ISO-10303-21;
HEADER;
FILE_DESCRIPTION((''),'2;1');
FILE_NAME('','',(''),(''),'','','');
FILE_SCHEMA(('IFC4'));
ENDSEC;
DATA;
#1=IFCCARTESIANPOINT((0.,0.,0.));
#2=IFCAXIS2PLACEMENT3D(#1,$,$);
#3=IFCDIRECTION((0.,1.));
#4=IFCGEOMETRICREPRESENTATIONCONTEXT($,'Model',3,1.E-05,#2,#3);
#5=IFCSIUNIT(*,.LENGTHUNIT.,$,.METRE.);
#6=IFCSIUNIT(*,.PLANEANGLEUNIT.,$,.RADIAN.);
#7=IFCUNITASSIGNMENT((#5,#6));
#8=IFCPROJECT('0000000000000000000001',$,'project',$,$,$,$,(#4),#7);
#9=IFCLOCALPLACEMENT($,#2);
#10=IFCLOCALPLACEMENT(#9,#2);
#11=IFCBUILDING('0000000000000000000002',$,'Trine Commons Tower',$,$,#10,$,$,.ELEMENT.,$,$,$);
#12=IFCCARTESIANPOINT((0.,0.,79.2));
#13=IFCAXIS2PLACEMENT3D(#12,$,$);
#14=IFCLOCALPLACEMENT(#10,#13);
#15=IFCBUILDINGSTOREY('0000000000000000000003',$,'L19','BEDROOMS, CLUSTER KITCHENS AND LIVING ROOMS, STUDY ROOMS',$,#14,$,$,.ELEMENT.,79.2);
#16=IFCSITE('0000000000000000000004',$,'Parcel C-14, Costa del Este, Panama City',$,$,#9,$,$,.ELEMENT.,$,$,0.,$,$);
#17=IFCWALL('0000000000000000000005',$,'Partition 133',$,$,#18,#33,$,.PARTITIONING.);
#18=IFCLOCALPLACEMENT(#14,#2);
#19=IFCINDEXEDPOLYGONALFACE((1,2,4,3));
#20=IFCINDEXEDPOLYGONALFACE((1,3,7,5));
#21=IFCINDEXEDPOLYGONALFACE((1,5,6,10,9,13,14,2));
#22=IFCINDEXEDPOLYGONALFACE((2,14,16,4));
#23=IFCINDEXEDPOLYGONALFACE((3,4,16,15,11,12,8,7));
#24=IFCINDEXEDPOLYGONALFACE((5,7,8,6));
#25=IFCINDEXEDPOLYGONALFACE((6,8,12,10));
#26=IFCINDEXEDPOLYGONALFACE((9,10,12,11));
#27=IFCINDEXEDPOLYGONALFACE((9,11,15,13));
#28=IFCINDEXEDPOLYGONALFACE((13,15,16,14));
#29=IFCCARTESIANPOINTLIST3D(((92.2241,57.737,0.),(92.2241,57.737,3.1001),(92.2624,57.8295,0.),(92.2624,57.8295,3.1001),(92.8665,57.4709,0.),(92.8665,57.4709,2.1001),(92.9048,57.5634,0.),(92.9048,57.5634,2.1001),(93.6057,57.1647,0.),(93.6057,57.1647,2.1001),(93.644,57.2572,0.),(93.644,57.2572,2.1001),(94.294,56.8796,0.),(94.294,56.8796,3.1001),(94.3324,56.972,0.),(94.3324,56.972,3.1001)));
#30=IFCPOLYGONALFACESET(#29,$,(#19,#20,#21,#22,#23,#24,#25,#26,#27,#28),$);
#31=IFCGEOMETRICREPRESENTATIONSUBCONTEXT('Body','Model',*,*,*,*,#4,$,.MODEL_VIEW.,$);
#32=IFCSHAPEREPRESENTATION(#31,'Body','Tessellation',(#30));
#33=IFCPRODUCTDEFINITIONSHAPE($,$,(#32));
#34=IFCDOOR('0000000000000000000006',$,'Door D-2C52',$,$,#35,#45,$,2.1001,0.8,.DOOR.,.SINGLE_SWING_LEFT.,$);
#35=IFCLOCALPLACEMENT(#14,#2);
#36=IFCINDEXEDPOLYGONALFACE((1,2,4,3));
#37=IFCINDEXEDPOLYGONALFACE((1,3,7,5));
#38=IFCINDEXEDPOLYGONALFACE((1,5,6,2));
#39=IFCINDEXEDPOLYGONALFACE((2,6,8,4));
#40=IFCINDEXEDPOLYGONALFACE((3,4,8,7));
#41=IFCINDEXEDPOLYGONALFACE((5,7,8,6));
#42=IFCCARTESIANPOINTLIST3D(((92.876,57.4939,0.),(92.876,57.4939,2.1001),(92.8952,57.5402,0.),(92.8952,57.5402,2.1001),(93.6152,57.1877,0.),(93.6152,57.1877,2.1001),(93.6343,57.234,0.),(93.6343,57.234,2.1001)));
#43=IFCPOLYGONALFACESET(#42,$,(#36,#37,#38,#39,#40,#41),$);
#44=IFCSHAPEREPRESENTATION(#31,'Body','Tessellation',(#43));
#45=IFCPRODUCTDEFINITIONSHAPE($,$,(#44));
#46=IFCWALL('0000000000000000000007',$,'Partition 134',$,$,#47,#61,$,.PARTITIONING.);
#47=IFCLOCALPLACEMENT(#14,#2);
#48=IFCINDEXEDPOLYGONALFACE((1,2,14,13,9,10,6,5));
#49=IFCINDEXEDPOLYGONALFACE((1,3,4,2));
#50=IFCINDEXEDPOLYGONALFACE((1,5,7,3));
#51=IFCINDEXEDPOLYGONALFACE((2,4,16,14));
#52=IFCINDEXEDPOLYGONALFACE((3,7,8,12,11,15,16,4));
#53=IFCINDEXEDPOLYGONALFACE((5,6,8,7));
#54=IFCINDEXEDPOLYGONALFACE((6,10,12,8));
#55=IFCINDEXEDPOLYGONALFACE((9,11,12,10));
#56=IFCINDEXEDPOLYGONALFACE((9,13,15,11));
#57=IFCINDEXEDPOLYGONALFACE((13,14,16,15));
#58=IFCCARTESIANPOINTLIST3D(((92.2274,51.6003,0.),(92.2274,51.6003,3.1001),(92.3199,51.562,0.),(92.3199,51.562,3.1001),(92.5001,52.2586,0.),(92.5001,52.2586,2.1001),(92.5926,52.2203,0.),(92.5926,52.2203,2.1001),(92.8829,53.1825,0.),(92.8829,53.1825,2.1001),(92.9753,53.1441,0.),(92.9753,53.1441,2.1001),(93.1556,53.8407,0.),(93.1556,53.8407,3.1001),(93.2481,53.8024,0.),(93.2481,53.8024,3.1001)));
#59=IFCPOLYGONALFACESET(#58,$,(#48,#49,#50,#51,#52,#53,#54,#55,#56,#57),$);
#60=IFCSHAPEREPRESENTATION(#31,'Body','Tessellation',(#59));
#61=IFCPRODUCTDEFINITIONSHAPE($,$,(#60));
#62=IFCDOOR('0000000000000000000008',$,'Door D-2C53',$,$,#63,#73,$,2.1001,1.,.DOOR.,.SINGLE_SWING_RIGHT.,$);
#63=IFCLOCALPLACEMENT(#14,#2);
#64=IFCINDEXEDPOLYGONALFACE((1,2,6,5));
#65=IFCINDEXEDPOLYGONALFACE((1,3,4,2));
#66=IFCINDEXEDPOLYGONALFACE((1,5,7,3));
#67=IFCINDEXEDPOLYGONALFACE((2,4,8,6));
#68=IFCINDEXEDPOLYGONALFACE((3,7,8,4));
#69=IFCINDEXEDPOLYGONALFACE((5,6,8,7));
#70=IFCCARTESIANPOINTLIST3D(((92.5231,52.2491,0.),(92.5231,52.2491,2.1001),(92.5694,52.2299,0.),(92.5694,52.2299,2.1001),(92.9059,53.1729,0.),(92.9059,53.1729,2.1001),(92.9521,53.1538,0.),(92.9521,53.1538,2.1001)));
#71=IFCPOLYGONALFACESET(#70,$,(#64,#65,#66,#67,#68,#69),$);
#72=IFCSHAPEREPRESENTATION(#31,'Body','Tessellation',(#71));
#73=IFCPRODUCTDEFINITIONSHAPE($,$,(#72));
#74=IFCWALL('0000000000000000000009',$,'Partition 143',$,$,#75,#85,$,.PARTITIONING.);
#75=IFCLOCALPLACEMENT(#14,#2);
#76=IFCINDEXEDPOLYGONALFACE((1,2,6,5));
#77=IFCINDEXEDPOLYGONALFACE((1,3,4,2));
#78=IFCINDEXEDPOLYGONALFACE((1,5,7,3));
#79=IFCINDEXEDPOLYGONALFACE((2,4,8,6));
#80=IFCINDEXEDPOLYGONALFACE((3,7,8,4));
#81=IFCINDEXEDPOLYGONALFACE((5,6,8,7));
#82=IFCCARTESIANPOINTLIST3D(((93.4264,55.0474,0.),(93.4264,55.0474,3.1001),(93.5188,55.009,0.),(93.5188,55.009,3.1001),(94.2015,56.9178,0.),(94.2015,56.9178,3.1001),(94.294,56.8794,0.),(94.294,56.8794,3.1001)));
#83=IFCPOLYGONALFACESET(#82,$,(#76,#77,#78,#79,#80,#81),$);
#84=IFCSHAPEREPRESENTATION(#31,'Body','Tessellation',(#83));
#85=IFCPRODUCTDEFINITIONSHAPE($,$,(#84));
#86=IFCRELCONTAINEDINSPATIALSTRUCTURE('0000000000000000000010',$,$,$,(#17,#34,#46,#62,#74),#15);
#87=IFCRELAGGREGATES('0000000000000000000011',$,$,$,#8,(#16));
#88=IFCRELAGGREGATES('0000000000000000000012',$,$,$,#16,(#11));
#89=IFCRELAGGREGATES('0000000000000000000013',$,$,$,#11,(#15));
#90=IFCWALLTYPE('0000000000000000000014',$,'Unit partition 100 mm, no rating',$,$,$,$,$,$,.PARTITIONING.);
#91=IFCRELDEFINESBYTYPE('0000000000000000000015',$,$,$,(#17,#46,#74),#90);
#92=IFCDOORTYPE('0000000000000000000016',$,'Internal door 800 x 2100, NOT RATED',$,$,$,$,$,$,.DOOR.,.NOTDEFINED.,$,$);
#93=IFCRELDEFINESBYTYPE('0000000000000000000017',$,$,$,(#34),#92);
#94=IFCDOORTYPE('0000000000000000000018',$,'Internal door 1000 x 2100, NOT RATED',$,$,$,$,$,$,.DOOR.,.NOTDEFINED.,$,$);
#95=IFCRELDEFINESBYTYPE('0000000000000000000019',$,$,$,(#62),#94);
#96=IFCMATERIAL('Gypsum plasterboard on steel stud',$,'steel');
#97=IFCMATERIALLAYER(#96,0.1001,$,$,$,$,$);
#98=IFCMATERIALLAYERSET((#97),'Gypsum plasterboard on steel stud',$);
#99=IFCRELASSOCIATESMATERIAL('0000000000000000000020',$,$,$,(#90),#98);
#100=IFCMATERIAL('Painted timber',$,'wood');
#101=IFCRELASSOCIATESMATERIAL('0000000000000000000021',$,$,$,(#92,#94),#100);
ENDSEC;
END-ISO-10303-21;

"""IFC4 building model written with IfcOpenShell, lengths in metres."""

from ifc_helpers import new_model, si_unit, direction, frame, frame_2d, origin, place, context, subcontext, project, spatial, rectangle, extrude, material, layer, layer_set, type_object, element, fill, save


model = new_model("IFC4")

# Units and contexts
model_context = context("Model", 3, precision=1e-05, world=origin(), true_north=direction((0.0, 1.0)))
body_context = subcontext(model_context, "Body", "Model", "MODEL_VIEW")
ifc_project = project(units=[si_unit("LENGTHUNIT", "METRE"), si_unit("PLANEANGLEUNIT", "RADIAN")], contexts=[model_context])

# Site, building, storey
site_placement = place(None, origin())
site = spatial("IfcSite", under=ifc_project, at=site_placement, Name="Parcel C-14, Costa del Este, Panama City", CompositionType="ELEMENT", RefElevation=0.0)
building_placement = place(site_placement, origin())
building = spatial("IfcBuilding", under=site, at=building_placement, Name="Trine Commons Tower", CompositionType="ELEMENT")
storey_placement = place(building_placement, frame((0.0, 0.0, 79.2)))
storey = spatial("IfcBuildingStorey", under=building, at=storey_placement, Name="L19", Description="BEDROOMS, CLUSTER KITCHENS AND LIVING ROOMS, STUDY ROOMS", CompositionType="ELEMENT", Elevation=79.2)

# Shared definitions
ifc_material_1 = material(Name="Gypsum plasterboard on steel stud", Category="steel")

# Walls, openings, doors
ifc_layer_1 = layer(ifc_material_1, 0.1001)
ifc_layer_set_1 = layer_set([ifc_layer_1], Name="Gypsum plasterboard on steel stud")
wall_type_1 = type_object("IfcWallType", Name="Unit partition 100 mm, no rating", PredefinedType="PARTITIONING", material=ifc_layer_set_1)
wall_1_placement = place(storey_placement, frame((92.2434, 57.7832, 0.0), z_axis=(0.0, 0.0, 1.0), x_axis=(0.923868, -0.382711, 0.0)))
wall_1 = element("IfcWall", 1, at=wall_1_placement, inside=storey, type_object=wall_type_1, Name="Partition 133", PredefinedType="PARTITIONING", context=body_context, shape_type="SweptSolid", body=[
    extrude(rectangle(XDim=2.2405, YDim=0.1001, at=frame_2d((1.1201, 0.0))), origin(), (0.0, 0.0, 1.0), 3.1001),
])
opening_1_placement = place(wall_1_placement, frame((0.6953, 0.0, 0.0)))
opening_1 = element("IfcOpeningElement", 2, at=opening_1_placement, cuts=wall_1, PredefinedType="OPENING", context=body_context, shape_type="SweptSolid", body=[
    extrude(rectangle(XDim=0.8, YDim=2.1001, at=frame_2d((0.3999, 1.05))), frame((0.0, 0.0601, 0.0), z_axis=(0.0, -1.0, 0.0), x_axis=(1.0, 0.0, 0.0)), (0.0, 0.0, 1.0), 0.1201),
])
ifc_material_2 = material(Name="Painted timber", Category="wood")
door_type_1 = type_object("IfcDoorType", Name="Internal door 800 x 2100, NOT RATED", OperationType="NOTDEFINED", PredefinedType="DOOR", material=ifc_material_2)
door_1_placement = place(opening_1_placement, origin())
door_1 = element("IfcDoor", 3, at=door_1_placement, inside=storey, type_object=door_type_1, Name="Door D-2C52", OperationType="SINGLE_SWING_LEFT", OverallHeight=2.1001, OverallWidth=0.8, PredefinedType="DOOR", context=body_context, shape_type="SweptSolid", body=[
    extrude(rectangle(XDim=0.8, YDim=2.1001, at=frame_2d((0.3999, 1.05))), frame((0.0, 0.0249, 0.0), z_axis=(0.0, -1.0, 0.0), x_axis=(1.0, 0.0, 0.0)), (0.0, 0.0, 1.0), 0.05),
])
fill(opening_1, door_1)
wall_2_placement = place(storey_placement, frame((92.2737, 51.5813, 0.0), z_axis=(0.0, 0.0, 1.0), x_axis=(0.382749, 0.923852, 0.0)))
wall_2 = element("IfcWall", 4, at=wall_2_placement, inside=storey, type_object=wall_type_1, Name="Partition 134", PredefinedType="PARTITIONING", context=body_context, shape_type="SweptSolid", body=[
    extrude(rectangle(XDim=2.425, YDim=0.1001, at=frame_2d((1.2124, 0.0))), origin(), (0.0, 0.0, 1.0), 3.1001),
])
opening_2_placement = place(wall_2_placement, frame((0.7124, 0.0, 0.0)))
opening_2 = element("IfcOpeningElement", 5, at=opening_2_placement, cuts=wall_2, PredefinedType="OPENING", context=body_context, shape_type="SweptSolid", body=[
    extrude(rectangle(XDim=1.0, YDim=2.1001, at=frame_2d((0.5, 1.05))), frame((0.0, 0.0601, 0.0), z_axis=(0.0, -1.0, 0.0), x_axis=(1.0, 0.0, 0.0)), (0.0, 0.0, 1.0), 0.1201),
])
door_type_2 = type_object("IfcDoorType", Name="Internal door 1000 x 2100, NOT RATED", OperationType="NOTDEFINED", PredefinedType="DOOR", material=ifc_material_2)
door_2_placement = place(opening_2_placement, frame((1.0, 0.0, 0.0), z_axis=(0.0, 0.0, 1.0), x_axis=(-1.0, 0.0, 0.0)))
door_2 = element("IfcDoor", 6, at=door_2_placement, inside=storey, type_object=door_type_2, Name="Door D-2C53", OperationType="SINGLE_SWING_RIGHT", OverallHeight=2.1001, OverallWidth=1.0, PredefinedType="DOOR", context=body_context, shape_type="SweptSolid", body=[
    extrude(rectangle(XDim=1.0, YDim=2.1001, at=frame_2d((0.5, 1.05))), frame((0.0, 0.0249, 0.0), z_axis=(0.0, -1.0, 0.0), x_axis=(1.0, 0.0, 0.0)), (0.0, 0.0, 1.0), 0.05),
])
fill(opening_2, door_2)

# Wall
wall_3_placement = place(storey_placement, frame((93.4727, 55.0283, 0.0), z_axis=(0.0, 0.0, 1.0), x_axis=(0.382859, 0.923807, 0.0)))
element("IfcWall", 7, at=wall_3_placement, inside=storey, type_object=wall_type_1, Name="Partition 143", PredefinedType="PARTITIONING", context=body_context, shape_type="SweptSolid", body=[
    extrude(rectangle(XDim=2.0247, YDim=0.1001, at=frame_2d((1.0122, 0.0))), origin(), (0.0, 0.0, 1.0), 3.1001),
])

save(model, "model.ifc")
